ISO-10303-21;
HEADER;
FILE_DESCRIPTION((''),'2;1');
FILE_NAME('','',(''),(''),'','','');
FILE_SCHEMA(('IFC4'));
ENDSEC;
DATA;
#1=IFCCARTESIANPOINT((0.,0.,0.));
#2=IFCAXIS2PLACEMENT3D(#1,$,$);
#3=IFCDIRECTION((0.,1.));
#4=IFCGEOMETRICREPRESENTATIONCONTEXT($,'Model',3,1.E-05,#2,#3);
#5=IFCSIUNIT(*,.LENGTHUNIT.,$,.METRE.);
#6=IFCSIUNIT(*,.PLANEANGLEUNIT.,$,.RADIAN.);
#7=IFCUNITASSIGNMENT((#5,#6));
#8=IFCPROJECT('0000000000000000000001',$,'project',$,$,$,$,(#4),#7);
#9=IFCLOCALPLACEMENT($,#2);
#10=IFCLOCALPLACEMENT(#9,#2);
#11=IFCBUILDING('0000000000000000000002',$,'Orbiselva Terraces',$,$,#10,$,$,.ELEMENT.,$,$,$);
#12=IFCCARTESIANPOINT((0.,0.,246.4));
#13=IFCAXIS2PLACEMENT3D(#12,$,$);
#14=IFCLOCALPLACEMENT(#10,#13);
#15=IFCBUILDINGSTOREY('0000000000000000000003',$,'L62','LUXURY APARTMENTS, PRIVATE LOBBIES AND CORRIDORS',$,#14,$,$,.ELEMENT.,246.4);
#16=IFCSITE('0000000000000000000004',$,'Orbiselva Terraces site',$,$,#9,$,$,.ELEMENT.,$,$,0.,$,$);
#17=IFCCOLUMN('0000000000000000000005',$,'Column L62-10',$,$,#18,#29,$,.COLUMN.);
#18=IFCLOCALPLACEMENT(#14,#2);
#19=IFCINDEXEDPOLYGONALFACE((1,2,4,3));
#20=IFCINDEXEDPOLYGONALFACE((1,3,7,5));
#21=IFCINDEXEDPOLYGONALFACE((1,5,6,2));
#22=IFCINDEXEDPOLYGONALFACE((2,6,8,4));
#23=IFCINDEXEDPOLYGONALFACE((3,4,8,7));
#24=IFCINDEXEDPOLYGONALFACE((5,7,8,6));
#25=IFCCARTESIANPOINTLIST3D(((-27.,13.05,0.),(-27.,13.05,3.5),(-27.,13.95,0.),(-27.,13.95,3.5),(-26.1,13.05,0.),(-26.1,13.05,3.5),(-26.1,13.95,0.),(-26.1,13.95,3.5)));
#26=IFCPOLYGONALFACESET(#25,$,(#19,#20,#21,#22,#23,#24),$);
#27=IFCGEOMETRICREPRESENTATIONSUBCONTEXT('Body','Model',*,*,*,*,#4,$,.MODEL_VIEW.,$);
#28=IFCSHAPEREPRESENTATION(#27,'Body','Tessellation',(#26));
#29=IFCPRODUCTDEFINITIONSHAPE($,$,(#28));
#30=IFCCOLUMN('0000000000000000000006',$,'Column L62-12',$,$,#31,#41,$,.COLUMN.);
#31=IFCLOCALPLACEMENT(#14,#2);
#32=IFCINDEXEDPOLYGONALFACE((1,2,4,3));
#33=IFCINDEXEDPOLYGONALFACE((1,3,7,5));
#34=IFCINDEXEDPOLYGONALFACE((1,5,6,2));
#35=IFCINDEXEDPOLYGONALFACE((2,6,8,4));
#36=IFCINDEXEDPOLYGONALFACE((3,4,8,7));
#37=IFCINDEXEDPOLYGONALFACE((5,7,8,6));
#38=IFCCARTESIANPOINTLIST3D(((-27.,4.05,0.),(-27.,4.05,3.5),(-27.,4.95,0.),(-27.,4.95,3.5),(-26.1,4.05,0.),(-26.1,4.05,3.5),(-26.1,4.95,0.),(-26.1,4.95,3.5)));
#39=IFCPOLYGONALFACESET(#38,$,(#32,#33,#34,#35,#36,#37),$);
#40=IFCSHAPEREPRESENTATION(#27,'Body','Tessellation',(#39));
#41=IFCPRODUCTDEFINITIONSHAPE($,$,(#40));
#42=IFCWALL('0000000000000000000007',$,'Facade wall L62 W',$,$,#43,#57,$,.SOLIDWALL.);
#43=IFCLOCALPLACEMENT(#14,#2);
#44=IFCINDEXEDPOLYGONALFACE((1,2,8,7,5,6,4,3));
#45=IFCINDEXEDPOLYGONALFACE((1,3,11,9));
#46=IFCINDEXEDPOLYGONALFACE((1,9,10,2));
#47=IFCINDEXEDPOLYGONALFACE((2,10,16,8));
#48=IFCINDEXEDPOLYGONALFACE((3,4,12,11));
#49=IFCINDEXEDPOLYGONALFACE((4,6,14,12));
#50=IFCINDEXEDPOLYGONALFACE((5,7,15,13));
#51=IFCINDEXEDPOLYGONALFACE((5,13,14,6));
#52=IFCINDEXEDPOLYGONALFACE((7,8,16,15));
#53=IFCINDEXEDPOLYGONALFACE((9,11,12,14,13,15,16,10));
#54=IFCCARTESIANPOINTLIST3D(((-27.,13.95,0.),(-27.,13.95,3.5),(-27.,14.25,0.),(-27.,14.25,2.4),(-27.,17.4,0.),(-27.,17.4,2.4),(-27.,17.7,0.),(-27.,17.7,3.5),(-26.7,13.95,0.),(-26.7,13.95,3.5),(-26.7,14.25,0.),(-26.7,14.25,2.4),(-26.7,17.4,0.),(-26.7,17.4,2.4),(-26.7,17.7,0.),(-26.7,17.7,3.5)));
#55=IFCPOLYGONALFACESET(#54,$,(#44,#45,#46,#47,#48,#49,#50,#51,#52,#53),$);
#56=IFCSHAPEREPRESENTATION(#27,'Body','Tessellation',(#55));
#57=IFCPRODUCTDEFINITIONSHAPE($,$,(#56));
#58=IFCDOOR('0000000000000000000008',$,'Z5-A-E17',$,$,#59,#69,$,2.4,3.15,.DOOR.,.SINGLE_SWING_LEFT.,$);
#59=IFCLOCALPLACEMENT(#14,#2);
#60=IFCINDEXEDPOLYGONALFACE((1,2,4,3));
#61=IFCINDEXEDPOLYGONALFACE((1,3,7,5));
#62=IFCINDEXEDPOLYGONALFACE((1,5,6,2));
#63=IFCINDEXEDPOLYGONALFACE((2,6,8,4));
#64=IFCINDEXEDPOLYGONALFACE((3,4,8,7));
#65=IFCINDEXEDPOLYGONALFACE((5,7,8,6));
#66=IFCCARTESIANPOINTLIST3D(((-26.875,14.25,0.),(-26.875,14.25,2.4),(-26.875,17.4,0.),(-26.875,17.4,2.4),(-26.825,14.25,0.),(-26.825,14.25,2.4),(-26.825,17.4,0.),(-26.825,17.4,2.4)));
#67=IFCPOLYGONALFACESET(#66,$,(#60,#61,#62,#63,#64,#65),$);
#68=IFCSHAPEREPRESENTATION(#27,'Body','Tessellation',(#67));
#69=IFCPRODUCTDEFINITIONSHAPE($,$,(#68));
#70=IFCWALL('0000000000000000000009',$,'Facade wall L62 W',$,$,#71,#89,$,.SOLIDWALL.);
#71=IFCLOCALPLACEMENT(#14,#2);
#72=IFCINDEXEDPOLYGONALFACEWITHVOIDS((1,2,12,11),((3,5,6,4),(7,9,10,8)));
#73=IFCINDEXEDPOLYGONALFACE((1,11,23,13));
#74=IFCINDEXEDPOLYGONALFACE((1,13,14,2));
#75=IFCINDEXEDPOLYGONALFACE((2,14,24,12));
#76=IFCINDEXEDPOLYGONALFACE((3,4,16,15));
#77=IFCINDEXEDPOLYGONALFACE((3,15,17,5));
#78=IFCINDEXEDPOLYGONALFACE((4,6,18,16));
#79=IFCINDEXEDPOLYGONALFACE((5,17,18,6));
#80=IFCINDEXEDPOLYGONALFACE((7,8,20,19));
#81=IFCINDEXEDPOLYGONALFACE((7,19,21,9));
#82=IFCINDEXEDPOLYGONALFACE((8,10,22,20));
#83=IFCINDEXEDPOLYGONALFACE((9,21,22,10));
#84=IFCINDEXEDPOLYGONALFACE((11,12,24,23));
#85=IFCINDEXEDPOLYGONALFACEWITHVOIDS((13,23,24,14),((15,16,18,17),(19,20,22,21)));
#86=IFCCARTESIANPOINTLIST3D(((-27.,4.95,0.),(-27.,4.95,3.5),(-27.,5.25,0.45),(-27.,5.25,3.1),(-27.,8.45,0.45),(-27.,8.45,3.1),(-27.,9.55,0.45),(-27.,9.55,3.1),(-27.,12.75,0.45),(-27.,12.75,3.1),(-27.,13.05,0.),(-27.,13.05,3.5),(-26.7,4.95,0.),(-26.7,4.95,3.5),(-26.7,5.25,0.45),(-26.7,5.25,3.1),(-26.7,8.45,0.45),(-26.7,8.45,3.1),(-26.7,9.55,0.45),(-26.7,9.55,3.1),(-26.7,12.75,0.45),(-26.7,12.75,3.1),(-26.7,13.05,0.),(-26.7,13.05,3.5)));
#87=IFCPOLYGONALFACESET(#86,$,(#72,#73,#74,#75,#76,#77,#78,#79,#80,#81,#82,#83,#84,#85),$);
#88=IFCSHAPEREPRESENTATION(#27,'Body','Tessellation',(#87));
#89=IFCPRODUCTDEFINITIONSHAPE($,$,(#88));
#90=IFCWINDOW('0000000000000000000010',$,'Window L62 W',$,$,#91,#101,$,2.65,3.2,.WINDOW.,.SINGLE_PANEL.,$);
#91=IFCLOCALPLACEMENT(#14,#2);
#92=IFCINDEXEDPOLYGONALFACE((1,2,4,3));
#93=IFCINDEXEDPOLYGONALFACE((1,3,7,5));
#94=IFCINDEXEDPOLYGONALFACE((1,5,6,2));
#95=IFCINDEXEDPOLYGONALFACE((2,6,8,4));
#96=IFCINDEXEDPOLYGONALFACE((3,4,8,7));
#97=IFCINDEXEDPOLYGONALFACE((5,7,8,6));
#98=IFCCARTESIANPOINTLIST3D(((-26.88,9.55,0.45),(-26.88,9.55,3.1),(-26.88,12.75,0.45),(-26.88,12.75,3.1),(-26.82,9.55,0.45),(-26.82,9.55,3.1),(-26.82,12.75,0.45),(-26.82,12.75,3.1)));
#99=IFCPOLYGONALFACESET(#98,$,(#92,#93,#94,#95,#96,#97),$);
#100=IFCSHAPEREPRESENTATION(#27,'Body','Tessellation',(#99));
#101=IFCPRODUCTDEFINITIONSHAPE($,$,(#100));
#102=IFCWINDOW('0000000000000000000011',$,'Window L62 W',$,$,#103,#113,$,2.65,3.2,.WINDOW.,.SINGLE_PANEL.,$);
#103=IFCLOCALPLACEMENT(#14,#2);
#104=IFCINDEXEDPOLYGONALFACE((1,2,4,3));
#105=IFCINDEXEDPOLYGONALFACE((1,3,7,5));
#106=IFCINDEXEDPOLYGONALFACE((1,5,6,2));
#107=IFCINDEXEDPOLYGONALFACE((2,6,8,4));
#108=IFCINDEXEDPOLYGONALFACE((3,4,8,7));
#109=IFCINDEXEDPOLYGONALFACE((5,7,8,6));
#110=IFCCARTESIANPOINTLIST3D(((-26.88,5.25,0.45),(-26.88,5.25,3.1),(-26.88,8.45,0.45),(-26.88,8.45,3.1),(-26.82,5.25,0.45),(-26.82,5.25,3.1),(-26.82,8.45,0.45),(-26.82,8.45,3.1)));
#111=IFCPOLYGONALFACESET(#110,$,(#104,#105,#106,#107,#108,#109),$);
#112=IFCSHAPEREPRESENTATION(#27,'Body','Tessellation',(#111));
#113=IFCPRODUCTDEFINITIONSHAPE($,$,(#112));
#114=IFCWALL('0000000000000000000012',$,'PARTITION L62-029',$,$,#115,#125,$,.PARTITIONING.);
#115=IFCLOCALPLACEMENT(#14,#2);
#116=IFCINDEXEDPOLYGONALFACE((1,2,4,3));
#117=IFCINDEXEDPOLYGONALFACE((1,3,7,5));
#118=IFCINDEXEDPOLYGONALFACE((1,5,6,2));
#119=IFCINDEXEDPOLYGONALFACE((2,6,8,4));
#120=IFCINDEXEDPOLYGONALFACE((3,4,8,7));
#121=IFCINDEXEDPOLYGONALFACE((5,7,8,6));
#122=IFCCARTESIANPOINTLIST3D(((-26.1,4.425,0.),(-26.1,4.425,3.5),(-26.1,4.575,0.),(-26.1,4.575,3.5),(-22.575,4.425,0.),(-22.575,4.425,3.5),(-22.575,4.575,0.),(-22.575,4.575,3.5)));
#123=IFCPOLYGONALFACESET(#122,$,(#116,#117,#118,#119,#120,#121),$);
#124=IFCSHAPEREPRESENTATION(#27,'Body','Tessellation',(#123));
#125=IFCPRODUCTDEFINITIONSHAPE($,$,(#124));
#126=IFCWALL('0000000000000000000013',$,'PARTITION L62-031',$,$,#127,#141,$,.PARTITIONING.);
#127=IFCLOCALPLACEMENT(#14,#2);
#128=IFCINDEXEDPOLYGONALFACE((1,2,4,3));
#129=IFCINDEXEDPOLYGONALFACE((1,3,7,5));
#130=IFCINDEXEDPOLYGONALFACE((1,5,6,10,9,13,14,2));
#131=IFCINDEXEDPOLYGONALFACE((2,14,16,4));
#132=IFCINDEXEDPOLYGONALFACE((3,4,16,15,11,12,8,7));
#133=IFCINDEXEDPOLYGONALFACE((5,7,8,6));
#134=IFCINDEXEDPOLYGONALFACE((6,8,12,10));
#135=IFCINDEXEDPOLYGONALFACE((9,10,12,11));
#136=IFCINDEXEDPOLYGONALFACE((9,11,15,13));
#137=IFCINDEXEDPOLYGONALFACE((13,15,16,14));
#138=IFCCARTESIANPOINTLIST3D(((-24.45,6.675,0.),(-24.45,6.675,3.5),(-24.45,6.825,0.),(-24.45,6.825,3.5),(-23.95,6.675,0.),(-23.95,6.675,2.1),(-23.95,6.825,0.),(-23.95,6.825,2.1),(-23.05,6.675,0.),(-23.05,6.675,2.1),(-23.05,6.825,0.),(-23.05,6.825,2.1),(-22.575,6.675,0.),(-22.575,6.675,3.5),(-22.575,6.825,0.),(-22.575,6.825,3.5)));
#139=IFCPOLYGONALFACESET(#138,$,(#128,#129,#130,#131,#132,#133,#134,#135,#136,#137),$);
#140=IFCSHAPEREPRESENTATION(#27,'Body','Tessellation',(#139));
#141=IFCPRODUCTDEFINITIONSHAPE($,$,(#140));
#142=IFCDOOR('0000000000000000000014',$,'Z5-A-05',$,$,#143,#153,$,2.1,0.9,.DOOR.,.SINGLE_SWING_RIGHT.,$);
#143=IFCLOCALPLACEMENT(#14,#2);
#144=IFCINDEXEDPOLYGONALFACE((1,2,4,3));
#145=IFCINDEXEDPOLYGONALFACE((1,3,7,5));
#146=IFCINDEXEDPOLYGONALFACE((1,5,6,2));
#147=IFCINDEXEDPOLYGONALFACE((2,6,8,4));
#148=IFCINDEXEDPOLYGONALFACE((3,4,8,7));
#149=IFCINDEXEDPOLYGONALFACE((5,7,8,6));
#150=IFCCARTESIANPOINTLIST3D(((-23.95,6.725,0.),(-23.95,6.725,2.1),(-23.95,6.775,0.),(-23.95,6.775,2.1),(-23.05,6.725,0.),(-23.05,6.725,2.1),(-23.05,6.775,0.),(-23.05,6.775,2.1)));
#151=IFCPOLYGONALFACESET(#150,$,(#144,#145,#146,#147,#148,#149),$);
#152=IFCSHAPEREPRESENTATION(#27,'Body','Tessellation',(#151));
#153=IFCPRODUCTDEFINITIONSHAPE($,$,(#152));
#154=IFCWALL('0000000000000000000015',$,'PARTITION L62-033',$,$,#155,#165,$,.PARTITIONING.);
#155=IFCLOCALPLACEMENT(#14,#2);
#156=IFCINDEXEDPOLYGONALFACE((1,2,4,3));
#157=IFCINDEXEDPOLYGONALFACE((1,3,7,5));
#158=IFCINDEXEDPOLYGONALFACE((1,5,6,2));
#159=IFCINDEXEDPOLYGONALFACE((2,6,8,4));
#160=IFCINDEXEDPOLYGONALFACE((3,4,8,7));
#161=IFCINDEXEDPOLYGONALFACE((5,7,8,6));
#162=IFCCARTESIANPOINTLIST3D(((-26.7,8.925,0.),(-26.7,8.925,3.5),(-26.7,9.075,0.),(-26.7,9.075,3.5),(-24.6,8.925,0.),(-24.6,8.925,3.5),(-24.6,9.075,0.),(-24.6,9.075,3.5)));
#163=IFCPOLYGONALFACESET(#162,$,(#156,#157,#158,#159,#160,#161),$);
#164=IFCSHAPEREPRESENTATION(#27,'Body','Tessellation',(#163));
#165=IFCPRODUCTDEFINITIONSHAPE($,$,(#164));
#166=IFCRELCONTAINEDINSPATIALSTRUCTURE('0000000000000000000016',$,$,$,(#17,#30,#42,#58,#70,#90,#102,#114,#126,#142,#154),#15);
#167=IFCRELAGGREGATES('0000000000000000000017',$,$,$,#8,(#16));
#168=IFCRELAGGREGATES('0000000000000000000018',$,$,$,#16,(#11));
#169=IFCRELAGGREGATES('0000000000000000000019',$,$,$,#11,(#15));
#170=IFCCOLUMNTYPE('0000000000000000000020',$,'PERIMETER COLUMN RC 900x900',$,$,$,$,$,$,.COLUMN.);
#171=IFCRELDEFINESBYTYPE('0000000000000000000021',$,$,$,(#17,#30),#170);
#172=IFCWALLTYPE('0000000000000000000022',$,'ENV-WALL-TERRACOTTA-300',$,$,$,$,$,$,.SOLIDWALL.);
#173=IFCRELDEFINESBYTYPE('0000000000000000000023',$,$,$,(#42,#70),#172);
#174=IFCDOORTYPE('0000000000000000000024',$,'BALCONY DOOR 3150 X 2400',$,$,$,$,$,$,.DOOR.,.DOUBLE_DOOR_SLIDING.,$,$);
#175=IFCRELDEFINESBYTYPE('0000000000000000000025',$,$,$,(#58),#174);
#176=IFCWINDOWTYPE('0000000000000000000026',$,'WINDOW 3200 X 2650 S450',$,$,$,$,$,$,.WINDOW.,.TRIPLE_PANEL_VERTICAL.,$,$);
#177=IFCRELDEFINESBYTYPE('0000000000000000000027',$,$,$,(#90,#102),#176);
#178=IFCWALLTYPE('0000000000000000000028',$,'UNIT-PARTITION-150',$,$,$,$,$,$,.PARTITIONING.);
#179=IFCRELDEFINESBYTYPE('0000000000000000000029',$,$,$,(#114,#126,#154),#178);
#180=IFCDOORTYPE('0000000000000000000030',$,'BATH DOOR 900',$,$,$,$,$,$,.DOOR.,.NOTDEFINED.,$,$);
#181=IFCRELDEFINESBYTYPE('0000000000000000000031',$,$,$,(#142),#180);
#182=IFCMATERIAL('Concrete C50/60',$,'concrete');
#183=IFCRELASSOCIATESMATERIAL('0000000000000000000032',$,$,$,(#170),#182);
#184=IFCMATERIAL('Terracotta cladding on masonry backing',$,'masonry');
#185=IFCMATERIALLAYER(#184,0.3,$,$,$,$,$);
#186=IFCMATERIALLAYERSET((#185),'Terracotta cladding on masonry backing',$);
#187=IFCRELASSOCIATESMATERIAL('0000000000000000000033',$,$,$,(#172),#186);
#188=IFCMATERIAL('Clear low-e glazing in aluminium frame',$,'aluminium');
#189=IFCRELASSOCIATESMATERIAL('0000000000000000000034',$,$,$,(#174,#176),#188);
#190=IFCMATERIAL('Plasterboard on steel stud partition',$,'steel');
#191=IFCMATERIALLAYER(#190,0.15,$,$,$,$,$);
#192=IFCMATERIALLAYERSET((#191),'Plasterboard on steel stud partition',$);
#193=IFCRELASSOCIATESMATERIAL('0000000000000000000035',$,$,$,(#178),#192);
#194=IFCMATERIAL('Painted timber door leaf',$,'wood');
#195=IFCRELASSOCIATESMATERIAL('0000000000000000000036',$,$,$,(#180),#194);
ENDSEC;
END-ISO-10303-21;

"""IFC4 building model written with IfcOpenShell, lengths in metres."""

from ifc_helpers import new_model, si_unit, direction, frame, frame_2d, origin, origin_2d, place, context, subcontext, project, spatial, rectangle, extrude, material, layer, layer_set, material_profile, profile_set, type_object, element, fill, save


model = new_model("IFC4")

# Units and contexts
model_context = context("Model", 3, precision=1e-05, world=origin(), true_north=direction((0.0, 1.0)))
body_context = subcontext(model_context, "Body", "Model", "MODEL_VIEW")
ifc_project = project(units=[si_unit("LENGTHUNIT", "METRE"), si_unit("PLANEANGLEUNIT", "RADIAN")], contexts=[model_context])

# Site, building, storey
site_placement = place(None, origin())
site = spatial("IfcSite", under=ifc_project, at=site_placement, Name="Orbiselva Terraces site", CompositionType="ELEMENT", RefElevation=0.0)
building_placement = place(site_placement, origin())
building = spatial("IfcBuilding", under=site, at=building_placement, Name="Orbiselva Terraces", CompositionType="ELEMENT")
storey_placement = place(building_placement, frame((0.0, 0.0, 246.4)))
storey = spatial("IfcBuildingStorey", under=building, at=storey_placement, Name="L62", Description="LUXURY APARTMENTS, PRIVATE LOBBIES AND CORRIDORS", CompositionType="ELEMENT", Elevation=246.4)

# Columns
ifc_material_1 = material(Name="Concrete C50/60", Category="concrete")
ifc_material_profile = material_profile(ifc_material_1, rectangle(XDim=0.9, YDim=0.9, at=origin_2d()), Name="RC 900x900")
ifc_profile_set = profile_set([ifc_material_profile], Name="Concrete C50/60")
column_type = type_object("IfcColumnType", Name="PERIMETER COLUMN RC 900x900", PredefinedType="COLUMN", material=ifc_profile_set)
for number, where, z_axis, x_axis, name in (
    (1, (-26.55, 13.5, 0.0), (0.0, 0.0, 1.0), (1.0, 0.0, 0.0), "Column L62-10"),
    (2, (-26.55, 4.5, 0.0), (0.0, 0.0, 1.0), (1.0, 0.0, 0.0), "Column L62-12"),
):
    element("IfcColumn", number, at=place(storey_placement, frame(where, z_axis=z_axis, x_axis=x_axis)), inside=storey, type_object=column_type, Name=name, PredefinedType="COLUMN", context=body_context, shape_type="SweptSolid", body=[
        extrude(rectangle(XDim=0.9, YDim=0.9, at=origin_2d()), origin(), (0.0, 0.0, 1.0), 3.5),
    ])

# Wall, opening, door
ifc_material_2 = material(Name="Terracotta cladding on masonry backing", Category="masonry")
ifc_layer_1 = layer(ifc_material_2, 0.3)
ifc_layer_set_1 = layer_set([ifc_layer_1], Name="Terracotta cladding on masonry backing")
wall_type_1 = type_object("IfcWallType", Name="ENV-WALL-TERRACOTTA-300", PredefinedType="SOLIDWALL", material=ifc_layer_set_1)
wall_1_placement = place(storey_placement, frame((-26.85, 13.95, 0.0), z_axis=(0.0, 0.0, 1.0), x_axis=(0.0, 1.0, 0.0)))
wall_1 = element("IfcWall", 3, at=wall_1_placement, inside=storey, type_object=wall_type_1, Name="Facade wall L62 W", PredefinedType="SOLIDWALL", context=body_context, shape_type="SweptSolid", body=[
    extrude(rectangle(XDim=3.75, YDim=0.3, at=frame_2d((1.875, 0.0))), origin(), (0.0, 0.0, 1.0), 3.5),
])
opening_1_placement = place(wall_1_placement, frame((0.3, 0.0, 0.0)))
opening_1 = element("IfcOpeningElement", 4, at=opening_1_placement, cuts=wall_1, PredefinedType="OPENING", context=body_context, shape_type="SweptSolid", body=[
    extrude(rectangle(XDim=3.15, YDim=2.4, at=frame_2d((1.575, 1.2))), frame((0.0, 0.16, 0.0), z_axis=(0.0, -1.0, 0.0), x_axis=(1.0, 0.0, 0.0)), (0.0, 0.0, 1.0), 0.32),
])
ifc_material_3 = material(Name="Clear low-e glazing in aluminium frame", Category="aluminium")
door_type_1 = type_object("IfcDoorType", Name="BALCONY DOOR 3150 X 2400", OperationType="DOUBLE_DOOR_SLIDING", PredefinedType="DOOR", material=ifc_material_3)
door_1_placement = place(opening_1_placement, origin())
door_1 = element("IfcDoor", 5, at=door_1_placement, inside=storey, type_object=door_type_1, Name="Z5-A-E17", OperationType="SINGLE_SWING_LEFT", OverallHeight=2.4, OverallWidth=3.15, PredefinedType="DOOR", context=body_context, shape_type="SweptSolid", body=[
    extrude(rectangle(XDim=3.15, YDim=2.4, at=frame_2d((1.575, 1.2))), frame((0.0, 0.025, 0.0), z_axis=(0.0, -1.0, 0.0), x_axis=(1.0, 0.0, 0.0)), (0.0, 0.0, 1.0), 0.05),
])
fill(opening_1, door_1)

# Wall, openings, windows
wall_2_placement = place(storey_placement, frame((-26.85, 4.95, 0.0), z_axis=(0.0, 0.0, 1.0), x_axis=(0.0, 1.0, 0.0)))
wall_2 = element("IfcWall", 6, at=wall_2_placement, inside=storey, type_object=wall_type_1, Name="Facade wall L62 W", PredefinedType="SOLIDWALL", context=body_context, shape_type="SweptSolid", body=[
    extrude(rectangle(XDim=8.1, YDim=0.3, at=frame_2d((4.05, 0.0))), origin(), (0.0, 0.0, 1.0), 3.5),
])
opening_2_placement = place(wall_2_placement, frame((4.6, 0.0, 0.45)))
opening_2 = element("IfcOpeningElement", 7, at=opening_2_placement, cuts=wall_2, PredefinedType="OPENING", context=body_context, shape_type="SweptSolid", body=[
    extrude(rectangle(XDim=3.2, YDim=2.65, at=frame_2d((1.6, 1.325))), frame((0.0, 0.16, 0.0), z_axis=(0.0, -1.0, 0.0), x_axis=(1.0, 0.0, 0.0)), (0.0, 0.0, 1.0), 0.32),
])
opening_3_placement = place(wall_2_placement, frame((0.3, 0.0, 0.45)))
opening_3 = element("IfcOpeningElement", 8, at=opening_3_placement, cuts=wall_2, PredefinedType="OPENING", context=body_context, shape_type="SweptSolid", body=[
    extrude(rectangle(XDim=3.2, YDim=2.65, at=frame_2d((1.6, 1.325))), frame((0.0, 0.16, 0.0), z_axis=(0.0, -1.0, 0.0), x_axis=(1.0, 0.0, 0.0)), (0.0, 0.0, 1.0), 0.32),
])
window_type = type_object("IfcWindowType", Name="WINDOW 3200 X 2650 S450", PartitioningType="TRIPLE_PANEL_VERTICAL", PredefinedType="WINDOW", material=ifc_material_3)
window_1_placement = place(opening_2_placement, origin())
window_1 = element("IfcWindow", 9, at=window_1_placement, inside=storey, type_object=window_type, Name="Window L62 W", OverallHeight=2.65, OverallWidth=3.2, PartitioningType="SINGLE_PANEL", PredefinedType="WINDOW", context=body_context, shape_type="SweptSolid", body=[
    extrude(rectangle(XDim=3.2, YDim=2.65, at=frame_2d((1.6, 1.325))), frame((0.0, 0.03, 0.0), z_axis=(0.0, -1.0, 0.0), x_axis=(1.0, 0.0, 0.0)), (0.0, 0.0, 1.0), 0.06),
])
fill(opening_2, window_1)
window_2_placement = place(opening_3_placement, origin())
window_2 = element("IfcWindow", 10, at=window_2_placement, inside=storey, type_object=window_type, Name="Window L62 W", OverallHeight=2.65, OverallWidth=3.2, PartitioningType="SINGLE_PANEL", PredefinedType="WINDOW", context=body_context, shape_type="SweptSolid", body=[
    extrude(rectangle(XDim=3.2, YDim=2.65, at=frame_2d((1.6, 1.325))), frame((0.0, 0.03, 0.0), z_axis=(0.0, -1.0, 0.0), x_axis=(1.0, 0.0, 0.0)), (0.0, 0.0, 1.0), 0.06),
])
fill(opening_3, window_2)

# Wall
ifc_material_4 = material(Name="Plasterboard on steel stud partition", Category="steel")
ifc_layer_2 = layer(ifc_material_4, 0.15)
ifc_layer_set_2 = layer_set([ifc_layer_2], Name="Plasterboard on steel stud partition")
wall_type_2 = type_object("IfcWallType", Name="UNIT-PARTITION-150", PredefinedType="PARTITIONING", material=ifc_layer_set_2)
wall_3_placement = place(storey_placement, frame((-26.1, 4.5, 0.0), z_axis=(0.0, 0.0, 1.0), x_axis=(1.0, 0.0, 0.0)))
element("IfcWall", 11, at=wall_3_placement, inside=storey, type_object=wall_type_2, Name="PARTITION L62-029", PredefinedType="PARTITIONING", context=body_context, shape_type="SweptSolid", body=[
    extrude(rectangle(XDim=3.525, YDim=0.15, at=frame_2d((1.7625, 0.0))), origin(), (0.0, 0.0, 1.0), 3.5),
])

# Wall, opening, door
wall_4_placement = place(storey_placement, frame((-24.45, 6.75, 0.0), z_axis=(0.0, 0.0, 1.0), x_axis=(1.0, 0.0, 0.0)))
wall_4 = element("IfcWall", 12, at=wall_4_placement, inside=storey, type_object=wall_type_2, Name="PARTITION L62-031", PredefinedType="PARTITIONING", context=body_context, shape_type="SweptSolid", body=[
    extrude(rectangle(XDim=1.875, YDim=0.15, at=frame_2d((0.9375, 0.0))), origin(), (0.0, 0.0, 1.0), 3.5),
])
opening_4_placement = place(wall_4_placement, frame((0.5, 0.0, 0.0)))
opening_4 = element("IfcOpeningElement", 13, at=opening_4_placement, cuts=wall_4, PredefinedType="OPENING", context=body_context, shape_type="SweptSolid", body=[
    extrude(rectangle(XDim=0.9, YDim=2.1, at=frame_2d((0.45, 1.05))), frame((0.0, 0.085, 0.0), z_axis=(0.0, -1.0, 0.0), x_axis=(1.0, 0.0, 0.0)), (0.0, 0.0, 1.0), 0.17),
])
ifc_material_5 = material(Name="Painted timber door leaf", Category="wood")
door_type_2 = type_object("IfcDoorType", Name="BATH DOOR 900", OperationType="NOTDEFINED", PredefinedType="DOOR", material=ifc_material_5)
door_2_placement = place(opening_4_placement, origin())
door_2 = element("IfcDoor", 14, at=door_2_placement, inside=storey, type_object=door_type_2, Name="Z5-A-05", OperationType="SINGLE_SWING_RIGHT", OverallHeight=2.1, OverallWidth=0.9, PredefinedType="DOOR", context=body_context, shape_type="SweptSolid", body=[
    extrude(rectangle(XDim=0.9, YDim=2.1, at=frame_2d((0.45, 1.05))), frame((0.0, 0.025, 0.0), z_axis=(0.0, -1.0, 0.0), x_axis=(1.0, 0.0, 0.0)), (0.0, 0.0, 1.0), 0.05),
])
fill(opening_4, door_2)

# Wall
wall_5_placement = place(storey_placement, frame((-26.7, 9.0, 0.0), z_axis=(0.0, 0.0, 1.0), x_axis=(1.0, 0.0, 0.0)))
element("IfcWall", 15, at=wall_5_placement, inside=storey, type_object=wall_type_2, Name="PARTITION L62-033", PredefinedType="PARTITIONING", context=body_context, shape_type="SweptSolid", body=[
    extrude(rectangle(XDim=2.1, YDim=0.15, at=frame_2d((1.05, 0.0))), origin(), (0.0, 0.0, 1.0), 3.5),
])

save(model, "model.ifc")
